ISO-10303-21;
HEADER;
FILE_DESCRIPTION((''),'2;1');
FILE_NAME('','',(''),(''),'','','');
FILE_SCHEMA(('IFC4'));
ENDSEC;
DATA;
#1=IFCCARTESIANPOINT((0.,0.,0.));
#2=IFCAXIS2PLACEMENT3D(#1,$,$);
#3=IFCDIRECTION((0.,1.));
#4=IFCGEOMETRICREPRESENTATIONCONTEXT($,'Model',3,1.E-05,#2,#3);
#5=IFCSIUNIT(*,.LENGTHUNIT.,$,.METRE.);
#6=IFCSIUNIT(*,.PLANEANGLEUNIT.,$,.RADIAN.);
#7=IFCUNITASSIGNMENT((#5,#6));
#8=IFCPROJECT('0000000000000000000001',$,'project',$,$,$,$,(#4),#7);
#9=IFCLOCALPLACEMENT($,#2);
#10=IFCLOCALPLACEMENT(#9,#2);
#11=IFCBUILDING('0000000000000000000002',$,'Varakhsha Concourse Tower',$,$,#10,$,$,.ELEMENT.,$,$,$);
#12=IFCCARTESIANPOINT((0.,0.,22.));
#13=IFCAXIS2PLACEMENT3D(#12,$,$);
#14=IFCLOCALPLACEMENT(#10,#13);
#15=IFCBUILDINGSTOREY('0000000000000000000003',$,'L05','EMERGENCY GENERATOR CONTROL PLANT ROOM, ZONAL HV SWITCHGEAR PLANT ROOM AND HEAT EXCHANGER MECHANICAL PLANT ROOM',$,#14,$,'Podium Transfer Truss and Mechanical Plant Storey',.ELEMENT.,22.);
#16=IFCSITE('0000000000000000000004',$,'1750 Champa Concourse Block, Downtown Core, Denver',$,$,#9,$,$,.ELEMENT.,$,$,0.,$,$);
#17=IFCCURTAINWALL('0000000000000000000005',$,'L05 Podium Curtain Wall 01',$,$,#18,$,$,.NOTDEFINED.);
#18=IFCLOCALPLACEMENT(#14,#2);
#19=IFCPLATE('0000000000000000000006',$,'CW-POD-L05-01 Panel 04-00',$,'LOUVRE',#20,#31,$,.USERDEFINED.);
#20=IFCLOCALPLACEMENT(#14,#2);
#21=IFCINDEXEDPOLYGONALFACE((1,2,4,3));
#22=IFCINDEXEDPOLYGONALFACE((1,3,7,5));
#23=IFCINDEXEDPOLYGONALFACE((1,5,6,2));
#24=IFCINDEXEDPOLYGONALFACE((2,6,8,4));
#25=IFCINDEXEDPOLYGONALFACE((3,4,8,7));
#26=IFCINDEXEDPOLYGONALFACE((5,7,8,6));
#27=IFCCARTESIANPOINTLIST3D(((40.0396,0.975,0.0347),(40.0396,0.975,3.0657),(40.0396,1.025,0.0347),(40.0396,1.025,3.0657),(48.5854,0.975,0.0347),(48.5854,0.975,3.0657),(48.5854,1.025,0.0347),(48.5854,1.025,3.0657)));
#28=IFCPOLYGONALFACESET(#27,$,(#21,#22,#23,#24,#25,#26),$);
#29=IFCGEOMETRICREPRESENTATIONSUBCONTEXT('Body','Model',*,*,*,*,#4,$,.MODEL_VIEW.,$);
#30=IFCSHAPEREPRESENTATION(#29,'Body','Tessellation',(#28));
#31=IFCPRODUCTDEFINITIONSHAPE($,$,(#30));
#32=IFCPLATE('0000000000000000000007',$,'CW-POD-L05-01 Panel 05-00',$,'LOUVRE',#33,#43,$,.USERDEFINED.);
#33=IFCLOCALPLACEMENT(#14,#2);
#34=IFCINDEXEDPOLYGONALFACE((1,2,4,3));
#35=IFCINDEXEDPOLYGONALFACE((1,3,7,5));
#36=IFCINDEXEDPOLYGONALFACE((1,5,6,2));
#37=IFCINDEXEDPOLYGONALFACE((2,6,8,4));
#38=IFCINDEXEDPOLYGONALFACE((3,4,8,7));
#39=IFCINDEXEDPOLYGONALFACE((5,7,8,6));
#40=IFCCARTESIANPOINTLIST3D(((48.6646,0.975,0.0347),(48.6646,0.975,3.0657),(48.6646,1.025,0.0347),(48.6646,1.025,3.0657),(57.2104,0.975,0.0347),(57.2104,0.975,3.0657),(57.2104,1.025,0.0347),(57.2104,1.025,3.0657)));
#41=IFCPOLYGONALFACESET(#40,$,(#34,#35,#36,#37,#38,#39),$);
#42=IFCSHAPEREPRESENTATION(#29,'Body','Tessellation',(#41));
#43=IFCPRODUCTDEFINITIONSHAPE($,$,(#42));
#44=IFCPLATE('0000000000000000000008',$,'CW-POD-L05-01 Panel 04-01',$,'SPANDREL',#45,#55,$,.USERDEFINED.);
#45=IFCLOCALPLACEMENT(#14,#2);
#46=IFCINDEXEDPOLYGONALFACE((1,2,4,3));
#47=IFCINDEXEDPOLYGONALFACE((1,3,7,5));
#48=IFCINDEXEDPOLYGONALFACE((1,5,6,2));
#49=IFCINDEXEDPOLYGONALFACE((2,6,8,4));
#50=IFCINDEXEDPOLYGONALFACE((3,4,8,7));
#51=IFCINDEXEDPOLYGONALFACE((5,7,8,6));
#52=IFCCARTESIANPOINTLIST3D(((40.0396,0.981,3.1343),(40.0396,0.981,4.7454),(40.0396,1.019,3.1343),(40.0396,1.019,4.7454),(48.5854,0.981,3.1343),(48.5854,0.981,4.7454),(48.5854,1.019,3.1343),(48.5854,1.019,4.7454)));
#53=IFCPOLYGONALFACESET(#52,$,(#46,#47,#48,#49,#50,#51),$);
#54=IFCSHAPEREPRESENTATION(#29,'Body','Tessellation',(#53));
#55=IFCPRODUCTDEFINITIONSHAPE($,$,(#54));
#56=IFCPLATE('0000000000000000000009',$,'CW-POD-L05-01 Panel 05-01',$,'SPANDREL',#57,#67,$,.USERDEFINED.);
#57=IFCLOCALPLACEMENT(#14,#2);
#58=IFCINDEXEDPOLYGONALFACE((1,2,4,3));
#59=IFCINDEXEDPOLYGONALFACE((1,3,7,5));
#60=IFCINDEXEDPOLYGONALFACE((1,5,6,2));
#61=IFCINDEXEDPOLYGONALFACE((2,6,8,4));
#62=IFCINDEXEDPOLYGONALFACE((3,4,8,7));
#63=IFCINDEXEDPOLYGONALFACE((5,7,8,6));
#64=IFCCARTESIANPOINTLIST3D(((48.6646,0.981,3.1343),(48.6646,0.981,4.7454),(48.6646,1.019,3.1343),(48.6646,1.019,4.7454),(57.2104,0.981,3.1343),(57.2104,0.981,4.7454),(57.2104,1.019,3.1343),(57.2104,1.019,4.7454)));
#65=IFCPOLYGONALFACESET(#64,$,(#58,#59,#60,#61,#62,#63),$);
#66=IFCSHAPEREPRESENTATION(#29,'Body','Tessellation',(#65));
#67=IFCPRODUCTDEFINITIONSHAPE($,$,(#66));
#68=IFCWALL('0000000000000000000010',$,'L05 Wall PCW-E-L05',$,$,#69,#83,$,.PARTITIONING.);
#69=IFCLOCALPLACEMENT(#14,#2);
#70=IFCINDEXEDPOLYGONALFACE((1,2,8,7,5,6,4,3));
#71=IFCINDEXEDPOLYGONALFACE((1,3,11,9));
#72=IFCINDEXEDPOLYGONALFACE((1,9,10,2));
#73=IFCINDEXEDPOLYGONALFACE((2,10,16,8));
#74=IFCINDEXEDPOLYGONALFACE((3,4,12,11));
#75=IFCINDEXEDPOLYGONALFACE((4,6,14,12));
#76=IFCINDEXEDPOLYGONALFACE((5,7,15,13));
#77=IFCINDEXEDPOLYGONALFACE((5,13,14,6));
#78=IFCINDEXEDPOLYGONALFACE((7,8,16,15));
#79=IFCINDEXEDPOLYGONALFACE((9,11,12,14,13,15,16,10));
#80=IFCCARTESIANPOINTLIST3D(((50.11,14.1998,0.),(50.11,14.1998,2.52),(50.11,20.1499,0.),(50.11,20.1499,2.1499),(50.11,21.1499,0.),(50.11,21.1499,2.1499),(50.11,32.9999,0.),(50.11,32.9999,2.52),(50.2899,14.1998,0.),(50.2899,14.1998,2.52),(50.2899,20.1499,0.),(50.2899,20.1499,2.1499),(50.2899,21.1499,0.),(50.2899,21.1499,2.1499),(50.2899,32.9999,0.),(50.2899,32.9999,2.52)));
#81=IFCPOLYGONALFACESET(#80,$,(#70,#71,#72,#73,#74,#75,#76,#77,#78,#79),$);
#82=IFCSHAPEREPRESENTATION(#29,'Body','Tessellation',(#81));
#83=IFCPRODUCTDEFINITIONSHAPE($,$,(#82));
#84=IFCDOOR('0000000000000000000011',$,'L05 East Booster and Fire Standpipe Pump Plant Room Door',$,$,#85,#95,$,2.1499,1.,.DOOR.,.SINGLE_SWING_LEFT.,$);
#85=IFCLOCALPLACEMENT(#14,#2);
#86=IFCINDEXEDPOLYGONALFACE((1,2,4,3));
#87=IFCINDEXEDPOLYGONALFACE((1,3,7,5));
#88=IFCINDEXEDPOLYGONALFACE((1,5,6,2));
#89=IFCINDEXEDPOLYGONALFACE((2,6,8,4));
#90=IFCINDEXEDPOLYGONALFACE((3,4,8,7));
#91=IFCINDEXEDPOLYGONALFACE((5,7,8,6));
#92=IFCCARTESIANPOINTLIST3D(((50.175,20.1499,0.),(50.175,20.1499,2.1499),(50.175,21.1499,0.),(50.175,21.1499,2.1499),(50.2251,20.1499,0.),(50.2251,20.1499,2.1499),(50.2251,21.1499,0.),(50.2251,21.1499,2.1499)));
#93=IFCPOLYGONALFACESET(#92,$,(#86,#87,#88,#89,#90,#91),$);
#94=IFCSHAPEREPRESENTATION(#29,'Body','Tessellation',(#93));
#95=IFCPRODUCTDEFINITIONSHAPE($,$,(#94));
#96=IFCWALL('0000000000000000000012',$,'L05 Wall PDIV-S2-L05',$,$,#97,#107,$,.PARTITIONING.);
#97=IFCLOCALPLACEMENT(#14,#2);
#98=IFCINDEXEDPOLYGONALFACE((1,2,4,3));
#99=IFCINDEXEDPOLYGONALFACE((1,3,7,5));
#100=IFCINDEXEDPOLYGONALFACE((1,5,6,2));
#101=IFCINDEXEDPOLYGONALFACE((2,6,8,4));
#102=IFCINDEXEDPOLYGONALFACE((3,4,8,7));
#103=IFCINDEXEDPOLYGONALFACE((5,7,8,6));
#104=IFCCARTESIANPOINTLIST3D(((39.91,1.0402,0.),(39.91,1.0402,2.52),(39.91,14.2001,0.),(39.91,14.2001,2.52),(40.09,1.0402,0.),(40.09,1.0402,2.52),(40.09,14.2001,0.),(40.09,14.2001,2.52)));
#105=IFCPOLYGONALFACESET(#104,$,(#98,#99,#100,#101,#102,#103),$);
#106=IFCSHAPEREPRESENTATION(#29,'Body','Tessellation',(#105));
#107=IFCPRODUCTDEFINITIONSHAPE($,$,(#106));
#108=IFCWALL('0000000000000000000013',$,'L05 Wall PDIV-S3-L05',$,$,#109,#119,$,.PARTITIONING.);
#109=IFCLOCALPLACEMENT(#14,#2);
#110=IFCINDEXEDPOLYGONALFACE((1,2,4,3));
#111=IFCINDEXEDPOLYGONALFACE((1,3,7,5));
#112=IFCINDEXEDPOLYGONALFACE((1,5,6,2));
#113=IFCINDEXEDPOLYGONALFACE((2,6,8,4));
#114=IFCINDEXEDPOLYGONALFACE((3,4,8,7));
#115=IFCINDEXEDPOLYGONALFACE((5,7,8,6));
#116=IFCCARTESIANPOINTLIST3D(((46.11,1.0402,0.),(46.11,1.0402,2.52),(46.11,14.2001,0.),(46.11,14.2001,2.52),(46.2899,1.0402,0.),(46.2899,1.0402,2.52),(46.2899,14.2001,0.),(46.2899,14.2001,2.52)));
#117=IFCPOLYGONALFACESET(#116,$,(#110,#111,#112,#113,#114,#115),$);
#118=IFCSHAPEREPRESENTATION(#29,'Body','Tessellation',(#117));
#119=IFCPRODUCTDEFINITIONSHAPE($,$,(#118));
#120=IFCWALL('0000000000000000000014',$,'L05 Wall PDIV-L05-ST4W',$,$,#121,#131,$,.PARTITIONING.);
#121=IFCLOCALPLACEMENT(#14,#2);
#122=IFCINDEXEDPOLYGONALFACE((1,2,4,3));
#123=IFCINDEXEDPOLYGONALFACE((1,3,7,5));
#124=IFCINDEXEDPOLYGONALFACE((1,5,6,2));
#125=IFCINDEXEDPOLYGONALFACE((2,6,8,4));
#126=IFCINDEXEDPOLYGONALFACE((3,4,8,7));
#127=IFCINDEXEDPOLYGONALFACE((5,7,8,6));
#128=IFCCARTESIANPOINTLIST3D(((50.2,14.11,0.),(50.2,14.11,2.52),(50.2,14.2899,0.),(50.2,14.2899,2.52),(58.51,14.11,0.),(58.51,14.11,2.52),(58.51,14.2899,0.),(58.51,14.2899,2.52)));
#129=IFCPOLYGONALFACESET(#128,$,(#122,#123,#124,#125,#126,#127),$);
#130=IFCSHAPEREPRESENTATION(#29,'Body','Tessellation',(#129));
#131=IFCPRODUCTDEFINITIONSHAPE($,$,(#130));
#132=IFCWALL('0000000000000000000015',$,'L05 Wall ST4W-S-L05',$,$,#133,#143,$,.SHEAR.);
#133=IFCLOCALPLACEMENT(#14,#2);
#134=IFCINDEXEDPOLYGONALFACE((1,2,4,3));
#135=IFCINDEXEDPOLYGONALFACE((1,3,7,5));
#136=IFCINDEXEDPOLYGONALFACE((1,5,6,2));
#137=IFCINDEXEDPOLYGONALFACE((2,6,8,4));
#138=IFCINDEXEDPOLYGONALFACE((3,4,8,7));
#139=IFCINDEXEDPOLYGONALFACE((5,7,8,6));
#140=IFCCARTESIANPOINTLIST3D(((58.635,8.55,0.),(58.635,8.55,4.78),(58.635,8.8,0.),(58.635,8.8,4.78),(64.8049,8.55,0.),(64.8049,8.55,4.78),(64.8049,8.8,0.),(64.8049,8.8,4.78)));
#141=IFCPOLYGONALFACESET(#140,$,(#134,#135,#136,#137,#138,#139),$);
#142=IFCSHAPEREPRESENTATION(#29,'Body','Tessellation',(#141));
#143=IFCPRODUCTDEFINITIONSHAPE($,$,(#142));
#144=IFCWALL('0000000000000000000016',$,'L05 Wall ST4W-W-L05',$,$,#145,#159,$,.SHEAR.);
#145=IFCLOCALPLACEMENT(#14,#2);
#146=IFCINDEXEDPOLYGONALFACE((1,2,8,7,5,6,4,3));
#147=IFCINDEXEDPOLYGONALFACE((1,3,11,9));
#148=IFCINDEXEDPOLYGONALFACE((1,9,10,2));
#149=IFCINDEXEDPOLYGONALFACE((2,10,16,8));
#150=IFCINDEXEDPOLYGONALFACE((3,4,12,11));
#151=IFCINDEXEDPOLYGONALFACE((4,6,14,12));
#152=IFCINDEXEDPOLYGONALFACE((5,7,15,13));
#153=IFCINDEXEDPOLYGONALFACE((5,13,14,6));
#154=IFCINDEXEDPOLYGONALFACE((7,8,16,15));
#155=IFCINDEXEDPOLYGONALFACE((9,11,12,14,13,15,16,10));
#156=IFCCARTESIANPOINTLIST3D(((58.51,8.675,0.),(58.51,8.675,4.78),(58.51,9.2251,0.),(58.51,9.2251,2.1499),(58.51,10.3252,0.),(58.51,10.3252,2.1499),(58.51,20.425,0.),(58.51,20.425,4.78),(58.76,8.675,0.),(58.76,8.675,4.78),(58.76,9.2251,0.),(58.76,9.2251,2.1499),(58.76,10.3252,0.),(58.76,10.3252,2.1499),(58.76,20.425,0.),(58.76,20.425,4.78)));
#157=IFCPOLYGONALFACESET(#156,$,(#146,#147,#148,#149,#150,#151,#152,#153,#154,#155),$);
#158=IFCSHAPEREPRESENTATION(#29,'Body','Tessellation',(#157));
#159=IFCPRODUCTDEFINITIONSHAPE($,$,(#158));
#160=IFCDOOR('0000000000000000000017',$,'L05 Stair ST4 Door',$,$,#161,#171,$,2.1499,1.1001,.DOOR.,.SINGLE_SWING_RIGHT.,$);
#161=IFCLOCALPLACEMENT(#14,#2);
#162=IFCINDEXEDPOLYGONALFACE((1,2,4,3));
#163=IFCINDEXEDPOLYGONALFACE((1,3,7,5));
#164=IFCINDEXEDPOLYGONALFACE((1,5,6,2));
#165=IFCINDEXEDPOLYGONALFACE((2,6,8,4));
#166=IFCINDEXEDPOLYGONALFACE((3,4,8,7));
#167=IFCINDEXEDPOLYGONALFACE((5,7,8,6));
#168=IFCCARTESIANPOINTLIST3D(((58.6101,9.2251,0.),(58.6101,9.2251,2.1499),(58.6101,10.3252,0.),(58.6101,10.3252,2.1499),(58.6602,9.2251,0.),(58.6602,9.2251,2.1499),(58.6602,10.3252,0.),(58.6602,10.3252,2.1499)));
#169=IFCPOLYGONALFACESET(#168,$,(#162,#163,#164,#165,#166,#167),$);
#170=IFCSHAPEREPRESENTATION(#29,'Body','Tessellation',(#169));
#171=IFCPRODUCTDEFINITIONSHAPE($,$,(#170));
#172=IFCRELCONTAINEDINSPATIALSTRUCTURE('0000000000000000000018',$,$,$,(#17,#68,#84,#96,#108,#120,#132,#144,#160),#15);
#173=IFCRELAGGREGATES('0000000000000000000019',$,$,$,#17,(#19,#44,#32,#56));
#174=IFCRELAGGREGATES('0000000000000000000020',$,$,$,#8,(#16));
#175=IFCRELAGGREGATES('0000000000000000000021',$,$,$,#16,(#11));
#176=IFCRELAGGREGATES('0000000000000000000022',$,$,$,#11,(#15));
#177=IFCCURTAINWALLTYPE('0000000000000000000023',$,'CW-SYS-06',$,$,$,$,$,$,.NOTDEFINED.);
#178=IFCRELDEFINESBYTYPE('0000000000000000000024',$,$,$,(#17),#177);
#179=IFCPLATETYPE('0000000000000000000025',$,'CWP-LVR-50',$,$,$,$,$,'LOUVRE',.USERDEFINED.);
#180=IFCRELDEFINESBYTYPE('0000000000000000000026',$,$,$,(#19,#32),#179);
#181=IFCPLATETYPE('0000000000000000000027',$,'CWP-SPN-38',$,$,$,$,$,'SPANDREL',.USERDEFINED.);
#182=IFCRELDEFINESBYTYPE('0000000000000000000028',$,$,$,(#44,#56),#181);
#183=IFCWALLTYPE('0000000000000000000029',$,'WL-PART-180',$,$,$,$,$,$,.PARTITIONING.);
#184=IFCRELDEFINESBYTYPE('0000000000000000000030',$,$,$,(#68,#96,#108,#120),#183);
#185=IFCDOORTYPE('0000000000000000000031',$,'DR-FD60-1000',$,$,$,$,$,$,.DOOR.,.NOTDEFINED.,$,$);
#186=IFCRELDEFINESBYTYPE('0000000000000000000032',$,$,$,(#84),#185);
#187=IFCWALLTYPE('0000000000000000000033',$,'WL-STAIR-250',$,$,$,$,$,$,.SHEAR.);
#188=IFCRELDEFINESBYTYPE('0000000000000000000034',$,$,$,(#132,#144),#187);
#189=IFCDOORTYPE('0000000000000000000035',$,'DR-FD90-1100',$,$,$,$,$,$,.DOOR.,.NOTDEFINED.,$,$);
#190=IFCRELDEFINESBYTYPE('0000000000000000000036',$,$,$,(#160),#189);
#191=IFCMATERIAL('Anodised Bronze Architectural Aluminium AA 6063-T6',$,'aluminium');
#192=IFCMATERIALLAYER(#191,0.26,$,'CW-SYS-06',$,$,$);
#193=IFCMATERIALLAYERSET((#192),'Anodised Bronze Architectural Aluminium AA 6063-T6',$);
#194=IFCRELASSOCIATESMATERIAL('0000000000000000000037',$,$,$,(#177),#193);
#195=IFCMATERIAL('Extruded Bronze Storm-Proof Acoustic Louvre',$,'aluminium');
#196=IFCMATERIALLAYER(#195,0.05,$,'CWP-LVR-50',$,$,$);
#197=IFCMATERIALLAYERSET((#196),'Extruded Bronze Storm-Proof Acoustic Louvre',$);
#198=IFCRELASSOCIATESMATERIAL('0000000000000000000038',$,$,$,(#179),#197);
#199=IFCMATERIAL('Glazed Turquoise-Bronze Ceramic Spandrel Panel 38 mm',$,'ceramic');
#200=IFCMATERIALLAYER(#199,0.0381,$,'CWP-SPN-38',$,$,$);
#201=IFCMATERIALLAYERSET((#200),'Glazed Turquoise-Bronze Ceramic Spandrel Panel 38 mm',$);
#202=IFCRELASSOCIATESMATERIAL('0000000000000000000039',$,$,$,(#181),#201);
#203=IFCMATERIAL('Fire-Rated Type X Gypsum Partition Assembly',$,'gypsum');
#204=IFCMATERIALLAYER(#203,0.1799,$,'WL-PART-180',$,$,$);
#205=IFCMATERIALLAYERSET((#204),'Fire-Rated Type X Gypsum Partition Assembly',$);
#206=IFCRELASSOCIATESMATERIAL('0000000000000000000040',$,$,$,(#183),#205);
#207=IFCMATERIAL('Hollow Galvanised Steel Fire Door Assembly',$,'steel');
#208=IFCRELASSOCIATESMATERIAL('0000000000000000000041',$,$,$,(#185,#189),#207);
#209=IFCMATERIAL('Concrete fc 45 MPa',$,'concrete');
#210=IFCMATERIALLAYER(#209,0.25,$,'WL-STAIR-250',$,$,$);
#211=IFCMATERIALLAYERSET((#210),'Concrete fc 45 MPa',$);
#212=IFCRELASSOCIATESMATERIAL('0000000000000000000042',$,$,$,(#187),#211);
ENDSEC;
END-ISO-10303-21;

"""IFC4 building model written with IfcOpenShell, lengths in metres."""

from ifc_helpers import new_model, si_unit, direction, frame, frame_2d, origin, origin_2d, place, context, subcontext, project, spatial, rectangle, extrude, source, transform, mapped, material, layer, layer_set, type_object, type_shapes, element, fill, aggregate, save


model = new_model("IFC4")

# Units and contexts
model_context = context("Model", 3, precision=1e-05, world=origin(), true_north=direction((0.0, 1.0)))
body_context = subcontext(model_context, "Body", "Model", "MODEL_VIEW")
ifc_project = project(units=[si_unit("LENGTHUNIT", "METRE"), si_unit("PLANEANGLEUNIT", "RADIAN")], contexts=[model_context])

# Site, building, storey
site_placement = place(None, origin())
site = spatial("IfcSite", under=ifc_project, at=site_placement, Name="1750 Champa Concourse Block, Downtown Core, Denver", CompositionType="ELEMENT", RefElevation=0.0)
building_placement = place(site_placement, origin())
building = spatial("IfcBuilding", under=site, at=building_placement, Name="Varakhsha Concourse Tower", CompositionType="ELEMENT")
storey_placement = place(building_placement, frame((0.0, 0.0, 22.0)))
storey = spatial("IfcBuildingStorey", under=building, at=storey_placement, Name="L05", Description="EMERGENCY GENERATOR CONTROL PLANT ROOM, ZONAL HV SWITCHGEAR PLANT ROOM AND HEAT EXCHANGER MECHANICAL PLANT ROOM", LongName="Podium Transfer Truss and Mechanical Plant Storey", CompositionType="ELEMENT", Elevation=22.0)

# Curtain wall
ifc_material_1 = material(Name="Anodised Bronze Architectural Aluminium AA 6063-T6", Category="aluminium")
ifc_layer_1 = layer(ifc_material_1, 0.26, Name="CW-SYS-06")
ifc_layer_set_1 = layer_set([ifc_layer_1], Name="Anodised Bronze Architectural Aluminium AA 6063-T6")
curtain_wall_type = type_object("IfcCurtainWallType", Name="CW-SYS-06", PredefinedType="NOTDEFINED", material=ifc_layer_set_1)
curtain_wall_placement = place(storey_placement, origin())
curtain_wall = element("IfcCurtainWall", 1, at=curtain_wall_placement, inside=storey, type_object=curtain_wall_type, Name="L05 Podium Curtain Wall 01", PredefinedType="NOTDEFINED")

# Plates
ifc_material_2 = material(Name="Extruded Bronze Storm-Proof Acoustic Louvre", Category="aluminium")
ifc_layer_2 = layer(ifc_material_2, 0.05, Name="CWP-LVR-50")
ifc_layer_set_2 = layer_set([ifc_layer_2], Name="Extruded Bronze Storm-Proof Acoustic Louvre")
plate_type_1 = type_object("IfcPlateType", Name="CWP-LVR-50", ElementType="LOUVRE", PredefinedType="USERDEFINED", material=ifc_layer_set_2)
shared_shape_1 = source(origin(), body_context, "Body", "SweptSolid", [
    extrude(rectangle(XDim=8.5459, YDim=0.05, at=origin_2d()), origin(), (0.0, 0.0, 1.0), 3.031),
])
type_shapes(plate_type_1, [shared_shape_1])
plate_1_placement = place(storey_placement, frame((44.3125, 1.0, 0.0347), z_axis=(0.0, 0.0, 1.0), x_axis=(1.0, 0.0, 0.0)))
plate_1 = element("IfcPlate", 2, at=plate_1_placement, type_object=plate_type_1, Name="CW-POD-L05-01 Panel 04-00", ObjectType="LOUVRE", PredefinedType="USERDEFINED", context=body_context, shape_type="MappedRepresentation", body=[
    mapped(shared_shape_1, transform((0.0, 0.0, 0.0), scale=1.0)),
])
plate_2_placement = place(storey_placement, frame((52.9375, 1.0, 0.0347), z_axis=(0.0, 0.0, 1.0), x_axis=(1.0, 0.0, 0.0)))
plate_2 = element("IfcPlate", 3, at=plate_2_placement, type_object=plate_type_1, Name="CW-POD-L05-01 Panel 05-00", ObjectType="LOUVRE", PredefinedType="USERDEFINED", context=body_context, shape_type="MappedRepresentation", body=[
    mapped(shared_shape_1, transform((0.0, 0.0, 0.0), scale=1.0)),
])
ifc_material_3 = material(Name="Glazed Turquoise-Bronze Ceramic Spandrel Panel 38 mm", Category="ceramic")
ifc_layer_3 = layer(ifc_material_3, 0.0381, Name="CWP-SPN-38")
ifc_layer_set_3 = layer_set([ifc_layer_3], Name="Glazed Turquoise-Bronze Ceramic Spandrel Panel 38 mm")
plate_type_2 = type_object("IfcPlateType", Name="CWP-SPN-38", ElementType="SPANDREL", PredefinedType="USERDEFINED", material=ifc_layer_set_3)
shared_shape_2 = source(origin(), body_context, "Body", "SweptSolid", [
    extrude(rectangle(XDim=8.5459, YDim=0.0381, at=origin_2d()), origin(), (0.0, 0.0, 1.0), 1.6111),
])
type_shapes(plate_type_2, [shared_shape_2])
plate_3_placement = place(storey_placement, frame((44.3125, 1.0, 3.1343), z_axis=(0.0, 0.0, 1.0), x_axis=(1.0, 0.0, 0.0)))
plate_3 = element("IfcPlate", 4, at=plate_3_placement, type_object=plate_type_2, Name="CW-POD-L05-01 Panel 04-01", ObjectType="SPANDREL", PredefinedType="USERDEFINED", context=body_context, shape_type="MappedRepresentation", body=[
    mapped(shared_shape_2, transform((0.0, 0.0, 0.0), scale=1.0)),
])
plate_4_placement = place(storey_placement, frame((52.9375, 1.0, 3.1343), z_axis=(0.0, 0.0, 1.0), x_axis=(1.0, 0.0, 0.0)))
plate_4 = element("IfcPlate", 5, at=plate_4_placement, type_object=plate_type_2, Name="CW-POD-L05-01 Panel 05-01", ObjectType="SPANDREL", PredefinedType="USERDEFINED", context=body_context, shape_type="MappedRepresentation", body=[
    mapped(shared_shape_2, transform((0.0, 0.0, 0.0), scale=1.0)),
])
aggregate(curtain_wall, [plate_1, plate_3, plate_2, plate_4])

# Wall, opening, door
ifc_material_4 = material(Name="Fire-Rated Type X Gypsum Partition Assembly", Category="gypsum")
ifc_layer_4 = layer(ifc_material_4, 0.1799, Name="WL-PART-180")
ifc_layer_set_4 = layer_set([ifc_layer_4], Name="Fire-Rated Type X Gypsum Partition Assembly")
wall_type_1 = type_object("IfcWallType", Name="WL-PART-180", PredefinedType="PARTITIONING", material=ifc_layer_set_4)
wall_1_placement = place(storey_placement, frame((50.2, 14.2, 0.0), z_axis=(0.0, 0.0, 1.0), x_axis=(0.0, 1.0, 0.0)))
wall_1 = element("IfcWall", 6, at=wall_1_placement, inside=storey, type_object=wall_type_1, Name="L05 Wall PCW-E-L05", PredefinedType="PARTITIONING", context=body_context, shape_type="SweptSolid", body=[
    extrude(rectangle(XDim=18.8, YDim=0.1799, at=frame_2d((9.3999, 0.0))), origin(), (0.0, 0.0, 1.0), 2.52),
])
opening_1_placement = place(wall_1_placement, frame((5.95, 0.0, 0.0)))
opening_1 = element("IfcOpeningElement", 7, at=opening_1_placement, cuts=wall_1, PredefinedType="OPENING", context=body_context, shape_type="SweptSolid", body=[
    extrude(rectangle(XDim=1.0, YDim=2.1499, at=frame_2d((0.5, 1.075))), frame((0.0, 0.0999, 0.0), z_axis=(0.0, -1.0, 0.0), x_axis=(1.0, 0.0, 0.0)), (0.0, 0.0, 1.0), 0.2),
])
ifc_material_5 = material(Name="Hollow Galvanised Steel Fire Door Assembly", Category="steel")
door_type_1 = type_object("IfcDoorType", Name="DR-FD60-1000", OperationType="NOTDEFINED", PredefinedType="DOOR", material=ifc_material_5)
door_1_placement = place(opening_1_placement, origin())
door_1 = element("IfcDoor", 8, at=door_1_placement, inside=storey, type_object=door_type_1, Name="L05 East Booster and Fire Standpipe Pump Plant Room Door", OperationType="SINGLE_SWING_LEFT", OverallHeight=2.1499, OverallWidth=1.0, PredefinedType="DOOR", context=body_context, shape_type="SweptSolid", body=[
    extrude(rectangle(XDim=1.0, YDim=2.1499, at=frame_2d((0.5, 1.075))), frame((0.0, 0.0249, 0.0), z_axis=(0.0, -1.0, 0.0), x_axis=(1.0, 0.0, 0.0)), (0.0, 0.0, 1.0), 0.05),
])
fill(opening_1, door_1)

# Walls
for number, where, z_axis, x_axis, name in (
    (9, (40.0, 1.04, 0.0), (0.0, 0.0, 1.0), (0.0, 1.0, 0.0), "L05 Wall PDIV-S2-L05"),
    (10, (46.2, 1.04, 0.0), (0.0, 0.0, 1.0), (0.0, 1.0, 0.0), "L05 Wall PDIV-S3-L05"),
):
    element("IfcWall", number, at=place(storey_placement, frame(where, z_axis=z_axis, x_axis=x_axis)), inside=storey, type_object=wall_type_1, Name=name, PredefinedType="PARTITIONING", context=body_context, shape_type="SweptSolid", body=[
        extrude(rectangle(XDim=13.1599, YDim=0.1799, at=frame_2d((6.5801, 0.0))), origin(), (0.0, 0.0, 1.0), 2.52),
    ])
wall_2_placement = place(storey_placement, frame((50.2, 14.2, 0.0), z_axis=(0.0, 0.0, 1.0), x_axis=(1.0, 0.0, 0.0)))
element("IfcWall", 11, at=wall_2_placement, inside=storey, type_object=wall_type_1, Name="L05 Wall PDIV-L05-ST4W", PredefinedType="PARTITIONING", context=body_context, shape_type="SweptSolid", body=[
    extrude(rectangle(XDim=8.3101, YDim=0.1799, at=frame_2d((4.155, 0.0))), origin(), (0.0, 0.0, 1.0), 2.52),
])
ifc_material_6 = material(Name="Concrete fc 45 MPa", Category="concrete")
ifc_layer_5 = layer(ifc_material_6, 0.25, Name="WL-STAIR-250")
ifc_layer_set_5 = layer_set([ifc_layer_5], Name="Concrete fc 45 MPa")
wall_type_2 = type_object("IfcWallType", Name="WL-STAIR-250", PredefinedType="SHEAR", material=ifc_layer_set_5)
wall_3_placement = place(storey_placement, frame((58.635, 8.675, 0.0), z_axis=(0.0, 0.0, 1.0), x_axis=(1.0, 0.0, 0.0)))
element("IfcWall", 12, at=wall_3_placement, inside=storey, type_object=wall_type_2, Name="L05 Wall ST4W-S-L05", PredefinedType="SHEAR", context=body_context, shape_type="SweptSolid", body=[
    extrude(rectangle(XDim=6.1699, YDim=0.25, at=frame_2d((3.085, 0.0))), origin(), (0.0, 0.0, 1.0), 4.78),
])

# Wall, opening, door
wall_4_placement = place(storey_placement, frame((58.635, 8.675, 0.0), z_axis=(0.0, 0.0, 1.0), x_axis=(0.0, 1.0, 0.0)))
wall_4 = element("IfcWall", 13, at=wall_4_placement, inside=storey, type_object=wall_type_2, Name="L05 Wall ST4W-W-L05", PredefinedType="SHEAR", context=body_context, shape_type="SweptSolid", body=[
    extrude(rectangle(XDim=11.75, YDim=0.25, at=frame_2d((5.875, 0.0))), origin(), (0.0, 0.0, 1.0), 4.78),
])
opening_2_placement = place(wall_4_placement, frame((0.55, 0.0, 0.0)))
opening_2 = element("IfcOpeningElement", 14, at=opening_2_placement, cuts=wall_4, PredefinedType="OPENING", context=body_context, shape_type="SweptSolid", body=[
    extrude(rectangle(XDim=1.1001, YDim=2.1499, at=frame_2d((0.55, 1.075))), frame((0.0, 0.135, 0.0), z_axis=(0.0, -1.0, 0.0), x_axis=(1.0, 0.0, 0.0)), (0.0, 0.0, 1.0), 0.27),
])
door_type_2 = type_object("IfcDoorType", Name="DR-FD90-1100", OperationType="NOTDEFINED", PredefinedType="DOOR", material=ifc_material_5)
door_2_placement = place(opening_2_placement, origin())
door_2 = element("IfcDoor", 15, at=door_2_placement, inside=storey, type_object=door_type_2, Name="L05 Stair ST4 Door", OperationType="SINGLE_SWING_RIGHT", OverallHeight=2.1499, OverallWidth=1.1001, PredefinedType="DOOR", context=body_context, shape_type="SweptSolid", body=[
    extrude(rectangle(XDim=1.1001, YDim=2.1499, at=frame_2d((0.55, 1.075))), frame((0.0, 0.0249, 0.0), z_axis=(0.0, -1.0, 0.0), x_axis=(1.0, 0.0, 0.0)), (0.0, 0.0, 1.0), 0.05),
])
fill(opening_2, door_2)

save(model, "model.ifc")
